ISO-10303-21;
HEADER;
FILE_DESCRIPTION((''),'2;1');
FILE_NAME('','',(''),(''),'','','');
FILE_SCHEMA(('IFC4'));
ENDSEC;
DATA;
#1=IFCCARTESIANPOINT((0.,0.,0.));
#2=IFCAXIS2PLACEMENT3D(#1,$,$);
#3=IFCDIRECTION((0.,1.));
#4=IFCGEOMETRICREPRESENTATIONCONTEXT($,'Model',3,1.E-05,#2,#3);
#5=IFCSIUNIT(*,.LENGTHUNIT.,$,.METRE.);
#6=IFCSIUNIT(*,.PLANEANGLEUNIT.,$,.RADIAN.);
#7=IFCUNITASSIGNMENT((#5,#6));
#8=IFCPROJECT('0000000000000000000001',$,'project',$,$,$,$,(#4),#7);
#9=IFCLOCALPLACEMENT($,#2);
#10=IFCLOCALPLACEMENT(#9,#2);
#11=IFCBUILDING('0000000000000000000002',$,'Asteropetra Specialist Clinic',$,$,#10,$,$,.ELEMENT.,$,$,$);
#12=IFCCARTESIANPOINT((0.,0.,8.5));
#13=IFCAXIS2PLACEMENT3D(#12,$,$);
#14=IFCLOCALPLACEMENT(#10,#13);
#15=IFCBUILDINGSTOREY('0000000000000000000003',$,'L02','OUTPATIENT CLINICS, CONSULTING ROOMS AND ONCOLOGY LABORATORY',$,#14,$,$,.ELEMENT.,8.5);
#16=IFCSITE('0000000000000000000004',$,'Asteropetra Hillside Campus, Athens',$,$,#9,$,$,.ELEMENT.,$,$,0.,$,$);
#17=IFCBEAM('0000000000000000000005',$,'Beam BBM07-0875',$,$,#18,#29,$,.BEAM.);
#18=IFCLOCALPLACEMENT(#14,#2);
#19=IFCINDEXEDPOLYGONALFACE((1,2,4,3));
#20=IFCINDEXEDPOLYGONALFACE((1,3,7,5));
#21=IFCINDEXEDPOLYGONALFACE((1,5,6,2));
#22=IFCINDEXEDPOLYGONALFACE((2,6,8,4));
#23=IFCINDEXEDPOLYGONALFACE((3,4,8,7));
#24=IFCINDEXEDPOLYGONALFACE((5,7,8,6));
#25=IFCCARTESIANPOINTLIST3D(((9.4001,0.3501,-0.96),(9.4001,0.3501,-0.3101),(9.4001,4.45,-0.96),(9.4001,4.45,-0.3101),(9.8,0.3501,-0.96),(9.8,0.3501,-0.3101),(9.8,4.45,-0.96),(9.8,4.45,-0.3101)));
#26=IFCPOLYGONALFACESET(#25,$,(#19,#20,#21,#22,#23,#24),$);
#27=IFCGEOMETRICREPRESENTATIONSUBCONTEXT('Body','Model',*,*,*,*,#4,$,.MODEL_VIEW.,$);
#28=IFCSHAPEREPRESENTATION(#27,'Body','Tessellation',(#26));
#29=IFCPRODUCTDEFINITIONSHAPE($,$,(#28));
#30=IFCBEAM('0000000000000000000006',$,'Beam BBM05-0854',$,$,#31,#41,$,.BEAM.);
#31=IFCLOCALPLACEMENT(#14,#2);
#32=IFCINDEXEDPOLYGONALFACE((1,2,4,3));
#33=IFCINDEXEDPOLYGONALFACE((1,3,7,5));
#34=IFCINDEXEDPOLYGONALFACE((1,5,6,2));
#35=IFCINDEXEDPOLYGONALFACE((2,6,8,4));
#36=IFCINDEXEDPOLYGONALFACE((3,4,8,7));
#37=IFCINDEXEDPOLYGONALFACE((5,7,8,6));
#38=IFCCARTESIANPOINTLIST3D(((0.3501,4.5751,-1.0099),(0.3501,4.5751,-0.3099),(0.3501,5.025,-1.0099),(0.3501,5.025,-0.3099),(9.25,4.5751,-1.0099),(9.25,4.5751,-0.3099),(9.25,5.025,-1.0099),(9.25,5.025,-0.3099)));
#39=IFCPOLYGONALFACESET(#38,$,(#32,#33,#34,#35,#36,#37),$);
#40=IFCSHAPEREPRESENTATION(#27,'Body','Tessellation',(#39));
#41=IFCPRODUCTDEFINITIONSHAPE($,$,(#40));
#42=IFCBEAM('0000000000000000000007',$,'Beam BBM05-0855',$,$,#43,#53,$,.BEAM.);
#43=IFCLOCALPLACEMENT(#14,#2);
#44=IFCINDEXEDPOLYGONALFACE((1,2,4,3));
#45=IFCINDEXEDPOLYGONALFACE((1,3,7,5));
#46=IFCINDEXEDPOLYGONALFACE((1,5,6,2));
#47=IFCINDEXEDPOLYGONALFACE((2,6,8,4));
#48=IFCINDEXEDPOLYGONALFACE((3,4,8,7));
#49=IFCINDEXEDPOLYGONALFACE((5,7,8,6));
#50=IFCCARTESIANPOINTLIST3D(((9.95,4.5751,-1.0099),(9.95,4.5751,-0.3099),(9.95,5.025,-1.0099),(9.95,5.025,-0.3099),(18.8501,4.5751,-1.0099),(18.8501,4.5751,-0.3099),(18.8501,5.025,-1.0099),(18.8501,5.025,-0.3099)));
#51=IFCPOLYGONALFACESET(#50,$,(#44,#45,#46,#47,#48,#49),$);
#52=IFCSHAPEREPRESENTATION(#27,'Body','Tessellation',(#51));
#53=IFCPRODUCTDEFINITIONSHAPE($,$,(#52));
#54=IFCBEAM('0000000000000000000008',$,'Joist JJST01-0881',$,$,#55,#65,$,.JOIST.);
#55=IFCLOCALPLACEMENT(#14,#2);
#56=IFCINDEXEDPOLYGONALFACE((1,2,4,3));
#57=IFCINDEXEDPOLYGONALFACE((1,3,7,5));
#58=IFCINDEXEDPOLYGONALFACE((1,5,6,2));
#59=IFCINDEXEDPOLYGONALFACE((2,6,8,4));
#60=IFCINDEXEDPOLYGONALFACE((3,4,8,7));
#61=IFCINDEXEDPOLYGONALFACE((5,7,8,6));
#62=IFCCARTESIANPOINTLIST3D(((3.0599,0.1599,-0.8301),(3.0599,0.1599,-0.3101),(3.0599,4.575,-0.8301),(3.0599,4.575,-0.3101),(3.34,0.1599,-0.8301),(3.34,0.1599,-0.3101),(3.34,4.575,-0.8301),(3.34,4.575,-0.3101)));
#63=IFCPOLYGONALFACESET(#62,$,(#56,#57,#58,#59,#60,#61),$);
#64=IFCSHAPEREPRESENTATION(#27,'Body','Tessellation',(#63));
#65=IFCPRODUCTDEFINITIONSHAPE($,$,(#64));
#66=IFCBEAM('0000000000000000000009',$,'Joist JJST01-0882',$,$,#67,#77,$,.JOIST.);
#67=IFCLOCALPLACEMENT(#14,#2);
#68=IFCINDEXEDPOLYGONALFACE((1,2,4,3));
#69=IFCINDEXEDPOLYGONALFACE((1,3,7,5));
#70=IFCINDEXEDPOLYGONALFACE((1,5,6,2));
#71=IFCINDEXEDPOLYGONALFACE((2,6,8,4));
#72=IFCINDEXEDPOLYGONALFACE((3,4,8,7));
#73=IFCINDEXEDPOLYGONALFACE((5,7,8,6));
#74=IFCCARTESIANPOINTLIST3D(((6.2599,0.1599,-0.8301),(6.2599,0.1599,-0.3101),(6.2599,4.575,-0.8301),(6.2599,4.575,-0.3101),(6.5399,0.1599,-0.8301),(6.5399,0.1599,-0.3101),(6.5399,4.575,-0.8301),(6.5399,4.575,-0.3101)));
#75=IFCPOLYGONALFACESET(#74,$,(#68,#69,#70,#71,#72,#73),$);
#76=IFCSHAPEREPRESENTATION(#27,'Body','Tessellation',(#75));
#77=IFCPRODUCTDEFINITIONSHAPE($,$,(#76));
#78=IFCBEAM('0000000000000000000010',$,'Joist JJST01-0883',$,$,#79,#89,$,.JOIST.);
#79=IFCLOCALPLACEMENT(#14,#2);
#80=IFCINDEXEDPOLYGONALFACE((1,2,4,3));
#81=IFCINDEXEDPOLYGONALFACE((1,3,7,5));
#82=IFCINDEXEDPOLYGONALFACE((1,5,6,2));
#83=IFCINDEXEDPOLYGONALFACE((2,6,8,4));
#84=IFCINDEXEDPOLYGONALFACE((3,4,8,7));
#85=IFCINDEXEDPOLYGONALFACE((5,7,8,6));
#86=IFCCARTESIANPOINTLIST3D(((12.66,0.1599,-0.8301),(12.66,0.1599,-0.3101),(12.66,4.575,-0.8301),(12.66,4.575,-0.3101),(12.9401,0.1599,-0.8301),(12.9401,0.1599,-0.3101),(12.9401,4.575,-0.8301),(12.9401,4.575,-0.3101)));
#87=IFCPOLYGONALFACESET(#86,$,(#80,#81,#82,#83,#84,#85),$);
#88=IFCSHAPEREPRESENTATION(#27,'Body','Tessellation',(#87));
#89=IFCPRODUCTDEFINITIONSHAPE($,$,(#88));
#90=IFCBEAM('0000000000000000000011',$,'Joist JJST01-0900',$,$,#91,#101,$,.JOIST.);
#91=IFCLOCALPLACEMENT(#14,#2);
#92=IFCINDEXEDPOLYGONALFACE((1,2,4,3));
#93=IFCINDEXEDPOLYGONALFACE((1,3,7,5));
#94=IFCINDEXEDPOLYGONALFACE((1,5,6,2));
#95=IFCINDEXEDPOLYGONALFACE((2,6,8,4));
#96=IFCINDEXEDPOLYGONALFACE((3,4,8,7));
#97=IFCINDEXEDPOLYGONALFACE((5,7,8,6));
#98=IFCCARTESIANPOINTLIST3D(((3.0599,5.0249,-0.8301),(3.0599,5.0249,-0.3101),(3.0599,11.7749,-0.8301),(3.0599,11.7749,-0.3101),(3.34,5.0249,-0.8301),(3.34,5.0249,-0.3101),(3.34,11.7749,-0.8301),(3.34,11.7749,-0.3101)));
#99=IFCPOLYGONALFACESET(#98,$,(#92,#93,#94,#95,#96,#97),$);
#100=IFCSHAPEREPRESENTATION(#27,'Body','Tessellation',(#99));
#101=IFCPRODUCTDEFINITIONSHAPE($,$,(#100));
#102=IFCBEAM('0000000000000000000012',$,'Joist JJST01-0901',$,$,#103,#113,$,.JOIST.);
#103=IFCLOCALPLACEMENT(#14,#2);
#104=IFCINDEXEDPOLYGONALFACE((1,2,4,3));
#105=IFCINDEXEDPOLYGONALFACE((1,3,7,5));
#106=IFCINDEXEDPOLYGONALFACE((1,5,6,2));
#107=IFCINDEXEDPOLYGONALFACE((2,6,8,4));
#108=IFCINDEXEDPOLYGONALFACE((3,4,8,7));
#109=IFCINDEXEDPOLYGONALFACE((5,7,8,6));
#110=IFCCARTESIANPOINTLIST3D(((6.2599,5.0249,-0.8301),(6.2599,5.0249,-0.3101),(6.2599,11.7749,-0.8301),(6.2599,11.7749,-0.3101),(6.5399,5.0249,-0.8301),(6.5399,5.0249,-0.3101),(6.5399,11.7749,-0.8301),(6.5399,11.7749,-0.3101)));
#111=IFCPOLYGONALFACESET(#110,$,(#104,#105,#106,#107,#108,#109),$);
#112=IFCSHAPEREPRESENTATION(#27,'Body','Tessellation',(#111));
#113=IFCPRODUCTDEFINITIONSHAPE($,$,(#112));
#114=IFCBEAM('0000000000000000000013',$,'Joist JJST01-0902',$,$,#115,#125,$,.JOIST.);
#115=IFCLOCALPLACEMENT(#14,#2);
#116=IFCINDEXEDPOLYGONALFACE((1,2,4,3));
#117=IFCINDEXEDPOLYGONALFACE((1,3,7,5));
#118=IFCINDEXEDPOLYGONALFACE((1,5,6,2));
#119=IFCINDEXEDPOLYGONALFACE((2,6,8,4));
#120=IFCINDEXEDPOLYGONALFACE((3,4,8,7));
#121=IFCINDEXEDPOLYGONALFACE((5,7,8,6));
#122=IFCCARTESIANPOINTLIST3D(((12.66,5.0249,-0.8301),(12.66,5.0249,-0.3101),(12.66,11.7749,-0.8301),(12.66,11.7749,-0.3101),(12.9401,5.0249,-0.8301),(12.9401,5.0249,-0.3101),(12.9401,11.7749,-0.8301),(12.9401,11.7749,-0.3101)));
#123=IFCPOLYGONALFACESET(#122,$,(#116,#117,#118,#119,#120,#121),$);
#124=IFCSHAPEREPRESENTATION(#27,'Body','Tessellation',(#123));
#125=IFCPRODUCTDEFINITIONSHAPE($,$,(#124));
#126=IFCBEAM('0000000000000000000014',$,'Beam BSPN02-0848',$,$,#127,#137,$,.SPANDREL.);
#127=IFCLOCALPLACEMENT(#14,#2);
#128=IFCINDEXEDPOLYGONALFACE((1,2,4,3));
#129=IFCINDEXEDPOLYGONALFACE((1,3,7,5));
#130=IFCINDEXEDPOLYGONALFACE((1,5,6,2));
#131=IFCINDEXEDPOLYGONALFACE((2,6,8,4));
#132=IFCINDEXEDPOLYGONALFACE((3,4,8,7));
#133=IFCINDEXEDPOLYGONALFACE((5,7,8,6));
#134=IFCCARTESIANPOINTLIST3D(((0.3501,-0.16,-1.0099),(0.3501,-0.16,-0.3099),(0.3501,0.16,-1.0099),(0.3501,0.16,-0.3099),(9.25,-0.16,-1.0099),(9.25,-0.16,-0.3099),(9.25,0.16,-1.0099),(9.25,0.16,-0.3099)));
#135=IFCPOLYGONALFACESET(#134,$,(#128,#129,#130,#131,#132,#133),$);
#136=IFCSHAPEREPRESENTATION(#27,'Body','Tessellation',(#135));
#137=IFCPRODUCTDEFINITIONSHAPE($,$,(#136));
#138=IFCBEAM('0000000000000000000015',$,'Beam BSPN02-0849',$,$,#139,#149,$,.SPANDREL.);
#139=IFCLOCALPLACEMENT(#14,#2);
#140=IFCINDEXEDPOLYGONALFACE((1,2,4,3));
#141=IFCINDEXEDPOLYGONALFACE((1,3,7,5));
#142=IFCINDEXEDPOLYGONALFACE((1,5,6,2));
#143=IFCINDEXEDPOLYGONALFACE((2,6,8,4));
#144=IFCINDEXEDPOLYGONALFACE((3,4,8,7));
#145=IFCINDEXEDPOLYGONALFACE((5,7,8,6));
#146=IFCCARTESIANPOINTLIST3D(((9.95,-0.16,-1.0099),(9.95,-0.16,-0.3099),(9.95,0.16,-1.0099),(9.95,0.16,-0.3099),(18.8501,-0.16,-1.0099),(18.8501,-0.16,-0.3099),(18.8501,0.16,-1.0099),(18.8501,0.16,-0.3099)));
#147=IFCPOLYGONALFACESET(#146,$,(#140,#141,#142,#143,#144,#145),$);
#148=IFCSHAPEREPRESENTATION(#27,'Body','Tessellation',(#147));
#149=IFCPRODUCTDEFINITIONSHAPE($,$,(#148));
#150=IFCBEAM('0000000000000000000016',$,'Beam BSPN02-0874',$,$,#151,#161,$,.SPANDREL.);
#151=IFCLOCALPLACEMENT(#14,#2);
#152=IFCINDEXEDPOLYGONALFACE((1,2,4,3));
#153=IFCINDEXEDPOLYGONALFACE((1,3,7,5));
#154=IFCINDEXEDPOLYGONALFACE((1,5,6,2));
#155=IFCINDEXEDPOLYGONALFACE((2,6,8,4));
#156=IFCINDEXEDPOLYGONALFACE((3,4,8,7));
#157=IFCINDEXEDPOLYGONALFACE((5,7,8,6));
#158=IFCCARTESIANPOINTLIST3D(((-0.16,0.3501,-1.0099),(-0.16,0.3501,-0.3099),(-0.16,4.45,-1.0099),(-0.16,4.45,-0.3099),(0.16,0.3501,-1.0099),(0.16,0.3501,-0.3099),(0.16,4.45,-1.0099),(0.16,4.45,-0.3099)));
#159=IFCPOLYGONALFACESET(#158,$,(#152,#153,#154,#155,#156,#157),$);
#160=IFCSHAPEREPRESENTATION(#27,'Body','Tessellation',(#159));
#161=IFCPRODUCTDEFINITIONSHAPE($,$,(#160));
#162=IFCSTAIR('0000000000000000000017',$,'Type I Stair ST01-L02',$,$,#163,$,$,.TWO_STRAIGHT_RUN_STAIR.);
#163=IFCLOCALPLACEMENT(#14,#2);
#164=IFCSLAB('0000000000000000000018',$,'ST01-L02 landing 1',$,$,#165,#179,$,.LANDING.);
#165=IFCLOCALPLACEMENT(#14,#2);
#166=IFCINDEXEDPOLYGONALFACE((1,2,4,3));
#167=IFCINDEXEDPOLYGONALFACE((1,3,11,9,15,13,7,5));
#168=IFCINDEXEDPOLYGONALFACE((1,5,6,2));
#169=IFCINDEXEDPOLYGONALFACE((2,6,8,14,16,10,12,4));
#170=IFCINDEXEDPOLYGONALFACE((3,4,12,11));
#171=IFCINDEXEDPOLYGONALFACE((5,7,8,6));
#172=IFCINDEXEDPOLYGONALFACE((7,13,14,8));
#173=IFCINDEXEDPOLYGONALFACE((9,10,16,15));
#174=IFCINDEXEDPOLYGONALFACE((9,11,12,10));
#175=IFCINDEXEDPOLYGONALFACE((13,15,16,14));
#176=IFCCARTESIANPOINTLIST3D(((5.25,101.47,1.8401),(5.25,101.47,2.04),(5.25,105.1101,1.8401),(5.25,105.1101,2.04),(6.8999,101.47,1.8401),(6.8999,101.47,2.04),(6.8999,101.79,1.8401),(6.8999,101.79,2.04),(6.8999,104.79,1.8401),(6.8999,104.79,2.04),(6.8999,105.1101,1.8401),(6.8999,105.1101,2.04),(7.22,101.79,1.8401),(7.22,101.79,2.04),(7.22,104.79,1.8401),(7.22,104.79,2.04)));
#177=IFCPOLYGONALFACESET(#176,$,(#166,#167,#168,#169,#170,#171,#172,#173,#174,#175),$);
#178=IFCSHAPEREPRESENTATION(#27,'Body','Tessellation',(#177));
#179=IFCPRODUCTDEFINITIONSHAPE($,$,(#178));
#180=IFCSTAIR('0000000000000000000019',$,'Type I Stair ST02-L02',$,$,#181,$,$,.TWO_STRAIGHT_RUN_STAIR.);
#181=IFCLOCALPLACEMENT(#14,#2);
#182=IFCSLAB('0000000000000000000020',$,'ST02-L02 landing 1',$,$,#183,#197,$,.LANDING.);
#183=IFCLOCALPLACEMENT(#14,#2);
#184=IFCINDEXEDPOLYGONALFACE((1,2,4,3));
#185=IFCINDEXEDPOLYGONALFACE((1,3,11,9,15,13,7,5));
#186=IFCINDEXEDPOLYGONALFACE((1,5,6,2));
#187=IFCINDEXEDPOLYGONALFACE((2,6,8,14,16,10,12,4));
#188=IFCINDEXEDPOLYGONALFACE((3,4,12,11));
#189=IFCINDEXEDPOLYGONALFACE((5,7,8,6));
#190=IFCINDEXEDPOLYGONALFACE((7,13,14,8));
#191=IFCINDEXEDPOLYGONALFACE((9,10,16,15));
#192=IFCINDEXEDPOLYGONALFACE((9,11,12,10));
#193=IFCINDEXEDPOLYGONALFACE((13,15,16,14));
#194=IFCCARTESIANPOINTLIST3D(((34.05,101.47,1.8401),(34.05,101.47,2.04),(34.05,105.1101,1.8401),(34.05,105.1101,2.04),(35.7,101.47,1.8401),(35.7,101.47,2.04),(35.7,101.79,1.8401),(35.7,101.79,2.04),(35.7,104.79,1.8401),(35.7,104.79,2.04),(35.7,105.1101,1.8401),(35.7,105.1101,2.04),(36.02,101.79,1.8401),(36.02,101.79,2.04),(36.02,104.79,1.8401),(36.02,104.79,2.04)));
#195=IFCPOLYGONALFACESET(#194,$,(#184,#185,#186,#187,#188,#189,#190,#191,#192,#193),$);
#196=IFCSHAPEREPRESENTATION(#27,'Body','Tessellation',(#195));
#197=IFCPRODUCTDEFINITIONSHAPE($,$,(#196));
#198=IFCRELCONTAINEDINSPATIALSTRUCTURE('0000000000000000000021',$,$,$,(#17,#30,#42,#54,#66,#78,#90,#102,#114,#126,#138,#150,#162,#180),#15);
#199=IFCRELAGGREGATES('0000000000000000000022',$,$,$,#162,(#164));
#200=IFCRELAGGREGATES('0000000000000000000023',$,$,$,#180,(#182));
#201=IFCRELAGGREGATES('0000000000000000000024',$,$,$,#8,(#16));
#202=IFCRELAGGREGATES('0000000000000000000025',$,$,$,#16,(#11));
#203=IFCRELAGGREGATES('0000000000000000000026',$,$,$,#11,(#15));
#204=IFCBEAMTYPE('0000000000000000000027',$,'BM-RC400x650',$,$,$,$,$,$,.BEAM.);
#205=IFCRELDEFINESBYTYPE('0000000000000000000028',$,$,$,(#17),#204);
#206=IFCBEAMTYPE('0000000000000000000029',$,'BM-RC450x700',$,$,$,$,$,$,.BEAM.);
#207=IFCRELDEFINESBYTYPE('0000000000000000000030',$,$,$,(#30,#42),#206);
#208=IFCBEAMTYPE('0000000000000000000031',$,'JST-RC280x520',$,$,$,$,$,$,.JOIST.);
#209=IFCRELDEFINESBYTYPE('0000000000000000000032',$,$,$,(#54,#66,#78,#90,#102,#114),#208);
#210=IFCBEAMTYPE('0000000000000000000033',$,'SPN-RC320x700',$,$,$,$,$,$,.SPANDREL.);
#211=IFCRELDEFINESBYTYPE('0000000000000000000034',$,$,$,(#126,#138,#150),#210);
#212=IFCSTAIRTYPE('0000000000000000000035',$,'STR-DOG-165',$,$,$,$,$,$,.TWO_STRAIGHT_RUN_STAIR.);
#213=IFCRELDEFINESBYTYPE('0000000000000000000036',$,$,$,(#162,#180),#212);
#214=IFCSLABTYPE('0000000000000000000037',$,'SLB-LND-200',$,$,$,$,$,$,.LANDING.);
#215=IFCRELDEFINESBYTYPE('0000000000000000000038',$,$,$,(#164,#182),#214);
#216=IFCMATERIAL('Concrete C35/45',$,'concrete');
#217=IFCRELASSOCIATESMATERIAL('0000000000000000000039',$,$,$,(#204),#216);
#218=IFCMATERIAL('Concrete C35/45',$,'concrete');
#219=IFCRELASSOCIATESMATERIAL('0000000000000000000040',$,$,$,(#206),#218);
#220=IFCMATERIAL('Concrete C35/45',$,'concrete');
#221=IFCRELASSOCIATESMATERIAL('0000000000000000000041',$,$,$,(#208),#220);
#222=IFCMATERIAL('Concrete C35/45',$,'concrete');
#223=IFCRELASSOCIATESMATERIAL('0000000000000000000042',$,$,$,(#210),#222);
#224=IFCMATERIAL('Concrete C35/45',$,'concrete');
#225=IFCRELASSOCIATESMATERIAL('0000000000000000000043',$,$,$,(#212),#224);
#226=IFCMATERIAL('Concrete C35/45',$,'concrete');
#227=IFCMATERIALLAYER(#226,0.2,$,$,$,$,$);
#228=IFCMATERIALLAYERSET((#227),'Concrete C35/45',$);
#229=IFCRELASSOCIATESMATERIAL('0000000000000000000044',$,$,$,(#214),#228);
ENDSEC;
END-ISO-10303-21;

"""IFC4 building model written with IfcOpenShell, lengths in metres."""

from ifc_helpers import new_model, si_unit, direction, frame, origin, origin_2d, place, context, subcontext, project, spatial, polyline, rectangle, outline, extrude, material, layer, layer_set, material_profile, profile_set, type_object, element, aggregate, save


model = new_model("IFC4")

# Units and contexts
model_context = context("Model", 3, precision=1e-05, world=origin(), true_north=direction((0.0, 1.0)))
body_context = subcontext(model_context, "Body", "Model", "MODEL_VIEW")
ifc_project = project(units=[si_unit("LENGTHUNIT", "METRE"), si_unit("PLANEANGLEUNIT", "RADIAN")], contexts=[model_context])

# Site, building, storey
site_placement = place(None, origin())
site = spatial("IfcSite", under=ifc_project, at=site_placement, Name="Asteropetra Hillside Campus, Athens", CompositionType="ELEMENT", RefElevation=0.0)
building_placement = place(site_placement, origin())
building = spatial("IfcBuilding", under=site, at=building_placement, Name="Asteropetra Specialist Clinic", CompositionType="ELEMENT")
storey_placement = place(building_placement, frame((0.0, 0.0, 8.5)))
storey = spatial("IfcBuildingStorey", under=building, at=storey_placement, Name="L02", Description="OUTPATIENT CLINICS, CONSULTING ROOMS AND ONCOLOGY LABORATORY", CompositionType="ELEMENT", Elevation=8.5)

# Beams
ifc_material_1 = material(Name="Concrete C35/45", Category="concrete")
ifc_material_profile_1 = material_profile(ifc_material_1, rectangle(XDim=0.3999, YDim=0.6499, at=origin_2d()), Name="RCB 400x650")
ifc_profile_set_1 = profile_set([ifc_material_profile_1], Name="Concrete C35/45")
beam_type_1 = type_object("IfcBeamType", Name="BM-RC400x650", PredefinedType="BEAM", material=ifc_profile_set_1)
beam_1_placement = place(storey_placement, frame((9.6001, 0.3501, -0.635), z_axis=(0.0, 1.0, 0.0), x_axis=(-1.0, 0.0, 0.0)))
element("IfcBeam", 1, at=beam_1_placement, inside=storey, type_object=beam_type_1, Name="Beam BBM07-0875", PredefinedType="BEAM", context=body_context, shape_type="SweptSolid", body=[
    extrude(rectangle(XDim=0.3999, YDim=0.6499, at=origin_2d()), origin(), (0.0, 0.0, 1.0), 4.0999),
])
ifc_material_2 = material(Name="Concrete C35/45", Category="concrete")
ifc_material_profile_2 = material_profile(ifc_material_2, rectangle(XDim=0.45, YDim=0.7, at=origin_2d()), Name="RCB 450x700")
ifc_profile_set_2 = profile_set([ifc_material_profile_2], Name="Concrete C35/45")
beam_type_2 = type_object("IfcBeamType", Name="BM-RC450x700", PredefinedType="BEAM", material=ifc_profile_set_2)
beam_2_placement = place(storey_placement, frame((0.3501, 4.8, -0.6599), z_axis=(1.0, 0.0, 0.0), x_axis=(0.0, 1.0, 0.0)))
element("IfcBeam", 2, at=beam_2_placement, inside=storey, type_object=beam_type_2, Name="Beam BBM05-0854", PredefinedType="BEAM", context=body_context, shape_type="SweptSolid", body=[
    extrude(rectangle(XDim=0.45, YDim=0.7, at=origin_2d()), origin(), (0.0, 0.0, 1.0), 8.8999),
])
beam_3_placement = place(storey_placement, frame((9.95, 4.8, -0.6599), z_axis=(1.0, 0.0, 0.0), x_axis=(0.0, 1.0, 0.0)))
element("IfcBeam", 3, at=beam_3_placement, inside=storey, type_object=beam_type_2, Name="Beam BBM05-0855", PredefinedType="BEAM", context=body_context, shape_type="SweptSolid", body=[
    extrude(rectangle(XDim=0.45, YDim=0.7, at=origin_2d()), origin(), (0.0, 0.0, 1.0), 8.9001),
])
ifc_material_3 = material(Name="Concrete C35/45", Category="concrete")
ifc_material_profile_3 = material_profile(ifc_material_3, rectangle(XDim=0.28, YDim=0.52, at=origin_2d()), Name="RCJ 280x520")
ifc_profile_set_3 = profile_set([ifc_material_profile_3], Name="Concrete C35/45")
beam_type_3 = type_object("IfcBeamType", Name="JST-RC280x520", PredefinedType="JOIST", material=ifc_profile_set_3)
for number, where, z_axis, x_axis, name in (
    (4, (3.2, 0.1599, -0.5701), (0.0, 1.0, 0.0), (-1.0, 0.0, 0.0), "Joist JJST01-0881"),
    (5, (6.3999, 0.1599, -0.5701), (0.0, 1.0, 0.0), (-1.0, 0.0, 0.0), "Joist JJST01-0882"),
    (6, (12.8, 0.1599, -0.5701), (0.0, 1.0, 0.0), (-1.0, 0.0, 0.0), "Joist JJST01-0883"),
):
    element("IfcBeam", number, at=place(storey_placement, frame(where, z_axis=z_axis, x_axis=x_axis)), inside=storey, type_object=beam_type_3, Name=name, PredefinedType="JOIST", context=body_context, shape_type="SweptSolid", body=[
        extrude(rectangle(XDim=0.28, YDim=0.52, at=origin_2d()), origin(), (0.0, 0.0, 1.0), 4.415),
    ])
for number, where, z_axis, x_axis, name in (
    (7, (3.2, 5.0249, -0.5701), (0.0, 1.0, 0.0), (-1.0, 0.0, 0.0), "Joist JJST01-0900"),
    (8, (6.3999, 5.0249, -0.5701), (0.0, 1.0, 0.0), (-1.0, 0.0, 0.0), "Joist JJST01-0901"),
    (9, (12.8, 5.0249, -0.5701), (0.0, 1.0, 0.0), (-1.0, 0.0, 0.0), "Joist JJST01-0902"),
):
    element("IfcBeam", number, at=place(storey_placement, frame(where, z_axis=z_axis, x_axis=x_axis)), inside=storey, type_object=beam_type_3, Name=name, PredefinedType="JOIST", context=body_context, shape_type="SweptSolid", body=[
        extrude(rectangle(XDim=0.28, YDim=0.52, at=origin_2d()), origin(), (0.0, 0.0, 1.0), 6.75),
    ])
ifc_material_4 = material(Name="Concrete C35/45", Category="concrete")
ifc_material_profile_4 = material_profile(ifc_material_4, rectangle(XDim=0.3201, YDim=0.7, at=origin_2d()), Name="RCS 320x700")
ifc_profile_set_4 = profile_set([ifc_material_profile_4], Name="Concrete C35/45")
beam_type_4 = type_object("IfcBeamType", Name="SPN-RC320x700", PredefinedType="SPANDREL", material=ifc_profile_set_4)
beam_4_placement = place(storey_placement, frame((0.3501, 0.0, -0.6599), z_axis=(1.0, 0.0, 0.0), x_axis=(0.0, 1.0, 0.0)))
element("IfcBeam", 10, at=beam_4_placement, inside=storey, type_object=beam_type_4, Name="Beam BSPN02-0848", PredefinedType="SPANDREL", context=body_context, shape_type="SweptSolid", body=[
    extrude(rectangle(XDim=0.3201, YDim=0.7, at=origin_2d()), origin(), (0.0, 0.0, 1.0), 8.8999),
])
beam_5_placement = place(storey_placement, frame((9.95, 0.0, -0.6599), z_axis=(1.0, 0.0, 0.0), x_axis=(0.0, 1.0, 0.0)))
element("IfcBeam", 11, at=beam_5_placement, inside=storey, type_object=beam_type_4, Name="Beam BSPN02-0849", PredefinedType="SPANDREL", context=body_context, shape_type="SweptSolid", body=[
    extrude(rectangle(XDim=0.3201, YDim=0.7, at=origin_2d()), origin(), (0.0, 0.0, 1.0), 8.9001),
])
beam_6_placement = place(storey_placement, frame((0.0, 0.3501, -0.6599), z_axis=(0.0, 1.0, 0.0), x_axis=(-1.0, 0.0, 0.0)))
element("IfcBeam", 12, at=beam_6_placement, inside=storey, type_object=beam_type_4, Name="Beam BSPN02-0874", PredefinedType="SPANDREL", context=body_context, shape_type="SweptSolid", body=[
    extrude(rectangle(XDim=0.3201, YDim=0.7, at=origin_2d()), origin(), (0.0, 0.0, 1.0), 4.0999),
])

# Stairs, slabs
ifc_material_5 = material(Name="Concrete C35/45", Category="concrete")
stair_type_1 = type_object("IfcStairType", Name="STR-DOG-165", PredefinedType="TWO_STRAIGHT_RUN_STAIR", material=ifc_material_5)
stair_1_placement = place(storey_placement, origin())
stair_1 = element("IfcStair", 13, at=stair_1_placement, inside=storey, type_object=stair_type_1, Name="Type I Stair ST01-L02", PredefinedType="TWO_STRAIGHT_RUN_STAIR")
ifc_material_6 = material(Name="Concrete C35/45", Category="concrete")
ifc_layer_1 = layer(ifc_material_6, 0.2)
ifc_layer_set_1 = layer_set([ifc_layer_1], Name="Concrete C35/45")
slab_type = type_object("IfcSlabType", Name="SLB-LND-200", PredefinedType="LANDING", material=ifc_layer_set_1)
slab_1_placement = place(storey_placement, frame((0.0, 0.0, 1.8401)))
slab_1 = element("IfcSlab", 14, at=slab_1_placement, type_object=slab_type, Name="ST01-L02 landing 1", PredefinedType="LANDING", context=body_context, shape_type="SweptSolid", body=[
    extrude(outline(polyline([(5.25, 101.47), (6.8999, 101.47), (6.8999, 101.79), (7.22, 101.79), (7.22, 104.79), (6.8999, 104.79), (6.8999, 105.1101), (5.25, 105.1101), (5.25, 101.47)])), origin(), (0.0, 0.0, 1.0), 0.2),
])
aggregate(stair_1, [slab_1])
stair_2_placement = place(storey_placement, origin())
stair_2 = element("IfcStair", 15, at=stair_2_placement, inside=storey, type_object=stair_type_1, Name="Type I Stair ST02-L02", PredefinedType="TWO_STRAIGHT_RUN_STAIR")
slab_2_placement = place(storey_placement, frame((0.0, 0.0, 1.8401)))
slab_2 = element("IfcSlab", 16, at=slab_2_placement, type_object=slab_type, Name="ST02-L02 landing 1", PredefinedType="LANDING", context=body_context, shape_type="SweptSolid", body=[
    extrude(outline(polyline([(34.05, 101.47), (35.7, 101.47), (35.7, 101.79), (36.02, 101.79), (36.02, 104.79), (35.7, 104.79), (35.7, 105.1101), (34.05, 105.1101), (34.05, 101.47)])), origin(), (0.0, 0.0, 1.0), 0.2),
])
aggregate(stair_2, [slab_2])

save(model, "model.ifc")
